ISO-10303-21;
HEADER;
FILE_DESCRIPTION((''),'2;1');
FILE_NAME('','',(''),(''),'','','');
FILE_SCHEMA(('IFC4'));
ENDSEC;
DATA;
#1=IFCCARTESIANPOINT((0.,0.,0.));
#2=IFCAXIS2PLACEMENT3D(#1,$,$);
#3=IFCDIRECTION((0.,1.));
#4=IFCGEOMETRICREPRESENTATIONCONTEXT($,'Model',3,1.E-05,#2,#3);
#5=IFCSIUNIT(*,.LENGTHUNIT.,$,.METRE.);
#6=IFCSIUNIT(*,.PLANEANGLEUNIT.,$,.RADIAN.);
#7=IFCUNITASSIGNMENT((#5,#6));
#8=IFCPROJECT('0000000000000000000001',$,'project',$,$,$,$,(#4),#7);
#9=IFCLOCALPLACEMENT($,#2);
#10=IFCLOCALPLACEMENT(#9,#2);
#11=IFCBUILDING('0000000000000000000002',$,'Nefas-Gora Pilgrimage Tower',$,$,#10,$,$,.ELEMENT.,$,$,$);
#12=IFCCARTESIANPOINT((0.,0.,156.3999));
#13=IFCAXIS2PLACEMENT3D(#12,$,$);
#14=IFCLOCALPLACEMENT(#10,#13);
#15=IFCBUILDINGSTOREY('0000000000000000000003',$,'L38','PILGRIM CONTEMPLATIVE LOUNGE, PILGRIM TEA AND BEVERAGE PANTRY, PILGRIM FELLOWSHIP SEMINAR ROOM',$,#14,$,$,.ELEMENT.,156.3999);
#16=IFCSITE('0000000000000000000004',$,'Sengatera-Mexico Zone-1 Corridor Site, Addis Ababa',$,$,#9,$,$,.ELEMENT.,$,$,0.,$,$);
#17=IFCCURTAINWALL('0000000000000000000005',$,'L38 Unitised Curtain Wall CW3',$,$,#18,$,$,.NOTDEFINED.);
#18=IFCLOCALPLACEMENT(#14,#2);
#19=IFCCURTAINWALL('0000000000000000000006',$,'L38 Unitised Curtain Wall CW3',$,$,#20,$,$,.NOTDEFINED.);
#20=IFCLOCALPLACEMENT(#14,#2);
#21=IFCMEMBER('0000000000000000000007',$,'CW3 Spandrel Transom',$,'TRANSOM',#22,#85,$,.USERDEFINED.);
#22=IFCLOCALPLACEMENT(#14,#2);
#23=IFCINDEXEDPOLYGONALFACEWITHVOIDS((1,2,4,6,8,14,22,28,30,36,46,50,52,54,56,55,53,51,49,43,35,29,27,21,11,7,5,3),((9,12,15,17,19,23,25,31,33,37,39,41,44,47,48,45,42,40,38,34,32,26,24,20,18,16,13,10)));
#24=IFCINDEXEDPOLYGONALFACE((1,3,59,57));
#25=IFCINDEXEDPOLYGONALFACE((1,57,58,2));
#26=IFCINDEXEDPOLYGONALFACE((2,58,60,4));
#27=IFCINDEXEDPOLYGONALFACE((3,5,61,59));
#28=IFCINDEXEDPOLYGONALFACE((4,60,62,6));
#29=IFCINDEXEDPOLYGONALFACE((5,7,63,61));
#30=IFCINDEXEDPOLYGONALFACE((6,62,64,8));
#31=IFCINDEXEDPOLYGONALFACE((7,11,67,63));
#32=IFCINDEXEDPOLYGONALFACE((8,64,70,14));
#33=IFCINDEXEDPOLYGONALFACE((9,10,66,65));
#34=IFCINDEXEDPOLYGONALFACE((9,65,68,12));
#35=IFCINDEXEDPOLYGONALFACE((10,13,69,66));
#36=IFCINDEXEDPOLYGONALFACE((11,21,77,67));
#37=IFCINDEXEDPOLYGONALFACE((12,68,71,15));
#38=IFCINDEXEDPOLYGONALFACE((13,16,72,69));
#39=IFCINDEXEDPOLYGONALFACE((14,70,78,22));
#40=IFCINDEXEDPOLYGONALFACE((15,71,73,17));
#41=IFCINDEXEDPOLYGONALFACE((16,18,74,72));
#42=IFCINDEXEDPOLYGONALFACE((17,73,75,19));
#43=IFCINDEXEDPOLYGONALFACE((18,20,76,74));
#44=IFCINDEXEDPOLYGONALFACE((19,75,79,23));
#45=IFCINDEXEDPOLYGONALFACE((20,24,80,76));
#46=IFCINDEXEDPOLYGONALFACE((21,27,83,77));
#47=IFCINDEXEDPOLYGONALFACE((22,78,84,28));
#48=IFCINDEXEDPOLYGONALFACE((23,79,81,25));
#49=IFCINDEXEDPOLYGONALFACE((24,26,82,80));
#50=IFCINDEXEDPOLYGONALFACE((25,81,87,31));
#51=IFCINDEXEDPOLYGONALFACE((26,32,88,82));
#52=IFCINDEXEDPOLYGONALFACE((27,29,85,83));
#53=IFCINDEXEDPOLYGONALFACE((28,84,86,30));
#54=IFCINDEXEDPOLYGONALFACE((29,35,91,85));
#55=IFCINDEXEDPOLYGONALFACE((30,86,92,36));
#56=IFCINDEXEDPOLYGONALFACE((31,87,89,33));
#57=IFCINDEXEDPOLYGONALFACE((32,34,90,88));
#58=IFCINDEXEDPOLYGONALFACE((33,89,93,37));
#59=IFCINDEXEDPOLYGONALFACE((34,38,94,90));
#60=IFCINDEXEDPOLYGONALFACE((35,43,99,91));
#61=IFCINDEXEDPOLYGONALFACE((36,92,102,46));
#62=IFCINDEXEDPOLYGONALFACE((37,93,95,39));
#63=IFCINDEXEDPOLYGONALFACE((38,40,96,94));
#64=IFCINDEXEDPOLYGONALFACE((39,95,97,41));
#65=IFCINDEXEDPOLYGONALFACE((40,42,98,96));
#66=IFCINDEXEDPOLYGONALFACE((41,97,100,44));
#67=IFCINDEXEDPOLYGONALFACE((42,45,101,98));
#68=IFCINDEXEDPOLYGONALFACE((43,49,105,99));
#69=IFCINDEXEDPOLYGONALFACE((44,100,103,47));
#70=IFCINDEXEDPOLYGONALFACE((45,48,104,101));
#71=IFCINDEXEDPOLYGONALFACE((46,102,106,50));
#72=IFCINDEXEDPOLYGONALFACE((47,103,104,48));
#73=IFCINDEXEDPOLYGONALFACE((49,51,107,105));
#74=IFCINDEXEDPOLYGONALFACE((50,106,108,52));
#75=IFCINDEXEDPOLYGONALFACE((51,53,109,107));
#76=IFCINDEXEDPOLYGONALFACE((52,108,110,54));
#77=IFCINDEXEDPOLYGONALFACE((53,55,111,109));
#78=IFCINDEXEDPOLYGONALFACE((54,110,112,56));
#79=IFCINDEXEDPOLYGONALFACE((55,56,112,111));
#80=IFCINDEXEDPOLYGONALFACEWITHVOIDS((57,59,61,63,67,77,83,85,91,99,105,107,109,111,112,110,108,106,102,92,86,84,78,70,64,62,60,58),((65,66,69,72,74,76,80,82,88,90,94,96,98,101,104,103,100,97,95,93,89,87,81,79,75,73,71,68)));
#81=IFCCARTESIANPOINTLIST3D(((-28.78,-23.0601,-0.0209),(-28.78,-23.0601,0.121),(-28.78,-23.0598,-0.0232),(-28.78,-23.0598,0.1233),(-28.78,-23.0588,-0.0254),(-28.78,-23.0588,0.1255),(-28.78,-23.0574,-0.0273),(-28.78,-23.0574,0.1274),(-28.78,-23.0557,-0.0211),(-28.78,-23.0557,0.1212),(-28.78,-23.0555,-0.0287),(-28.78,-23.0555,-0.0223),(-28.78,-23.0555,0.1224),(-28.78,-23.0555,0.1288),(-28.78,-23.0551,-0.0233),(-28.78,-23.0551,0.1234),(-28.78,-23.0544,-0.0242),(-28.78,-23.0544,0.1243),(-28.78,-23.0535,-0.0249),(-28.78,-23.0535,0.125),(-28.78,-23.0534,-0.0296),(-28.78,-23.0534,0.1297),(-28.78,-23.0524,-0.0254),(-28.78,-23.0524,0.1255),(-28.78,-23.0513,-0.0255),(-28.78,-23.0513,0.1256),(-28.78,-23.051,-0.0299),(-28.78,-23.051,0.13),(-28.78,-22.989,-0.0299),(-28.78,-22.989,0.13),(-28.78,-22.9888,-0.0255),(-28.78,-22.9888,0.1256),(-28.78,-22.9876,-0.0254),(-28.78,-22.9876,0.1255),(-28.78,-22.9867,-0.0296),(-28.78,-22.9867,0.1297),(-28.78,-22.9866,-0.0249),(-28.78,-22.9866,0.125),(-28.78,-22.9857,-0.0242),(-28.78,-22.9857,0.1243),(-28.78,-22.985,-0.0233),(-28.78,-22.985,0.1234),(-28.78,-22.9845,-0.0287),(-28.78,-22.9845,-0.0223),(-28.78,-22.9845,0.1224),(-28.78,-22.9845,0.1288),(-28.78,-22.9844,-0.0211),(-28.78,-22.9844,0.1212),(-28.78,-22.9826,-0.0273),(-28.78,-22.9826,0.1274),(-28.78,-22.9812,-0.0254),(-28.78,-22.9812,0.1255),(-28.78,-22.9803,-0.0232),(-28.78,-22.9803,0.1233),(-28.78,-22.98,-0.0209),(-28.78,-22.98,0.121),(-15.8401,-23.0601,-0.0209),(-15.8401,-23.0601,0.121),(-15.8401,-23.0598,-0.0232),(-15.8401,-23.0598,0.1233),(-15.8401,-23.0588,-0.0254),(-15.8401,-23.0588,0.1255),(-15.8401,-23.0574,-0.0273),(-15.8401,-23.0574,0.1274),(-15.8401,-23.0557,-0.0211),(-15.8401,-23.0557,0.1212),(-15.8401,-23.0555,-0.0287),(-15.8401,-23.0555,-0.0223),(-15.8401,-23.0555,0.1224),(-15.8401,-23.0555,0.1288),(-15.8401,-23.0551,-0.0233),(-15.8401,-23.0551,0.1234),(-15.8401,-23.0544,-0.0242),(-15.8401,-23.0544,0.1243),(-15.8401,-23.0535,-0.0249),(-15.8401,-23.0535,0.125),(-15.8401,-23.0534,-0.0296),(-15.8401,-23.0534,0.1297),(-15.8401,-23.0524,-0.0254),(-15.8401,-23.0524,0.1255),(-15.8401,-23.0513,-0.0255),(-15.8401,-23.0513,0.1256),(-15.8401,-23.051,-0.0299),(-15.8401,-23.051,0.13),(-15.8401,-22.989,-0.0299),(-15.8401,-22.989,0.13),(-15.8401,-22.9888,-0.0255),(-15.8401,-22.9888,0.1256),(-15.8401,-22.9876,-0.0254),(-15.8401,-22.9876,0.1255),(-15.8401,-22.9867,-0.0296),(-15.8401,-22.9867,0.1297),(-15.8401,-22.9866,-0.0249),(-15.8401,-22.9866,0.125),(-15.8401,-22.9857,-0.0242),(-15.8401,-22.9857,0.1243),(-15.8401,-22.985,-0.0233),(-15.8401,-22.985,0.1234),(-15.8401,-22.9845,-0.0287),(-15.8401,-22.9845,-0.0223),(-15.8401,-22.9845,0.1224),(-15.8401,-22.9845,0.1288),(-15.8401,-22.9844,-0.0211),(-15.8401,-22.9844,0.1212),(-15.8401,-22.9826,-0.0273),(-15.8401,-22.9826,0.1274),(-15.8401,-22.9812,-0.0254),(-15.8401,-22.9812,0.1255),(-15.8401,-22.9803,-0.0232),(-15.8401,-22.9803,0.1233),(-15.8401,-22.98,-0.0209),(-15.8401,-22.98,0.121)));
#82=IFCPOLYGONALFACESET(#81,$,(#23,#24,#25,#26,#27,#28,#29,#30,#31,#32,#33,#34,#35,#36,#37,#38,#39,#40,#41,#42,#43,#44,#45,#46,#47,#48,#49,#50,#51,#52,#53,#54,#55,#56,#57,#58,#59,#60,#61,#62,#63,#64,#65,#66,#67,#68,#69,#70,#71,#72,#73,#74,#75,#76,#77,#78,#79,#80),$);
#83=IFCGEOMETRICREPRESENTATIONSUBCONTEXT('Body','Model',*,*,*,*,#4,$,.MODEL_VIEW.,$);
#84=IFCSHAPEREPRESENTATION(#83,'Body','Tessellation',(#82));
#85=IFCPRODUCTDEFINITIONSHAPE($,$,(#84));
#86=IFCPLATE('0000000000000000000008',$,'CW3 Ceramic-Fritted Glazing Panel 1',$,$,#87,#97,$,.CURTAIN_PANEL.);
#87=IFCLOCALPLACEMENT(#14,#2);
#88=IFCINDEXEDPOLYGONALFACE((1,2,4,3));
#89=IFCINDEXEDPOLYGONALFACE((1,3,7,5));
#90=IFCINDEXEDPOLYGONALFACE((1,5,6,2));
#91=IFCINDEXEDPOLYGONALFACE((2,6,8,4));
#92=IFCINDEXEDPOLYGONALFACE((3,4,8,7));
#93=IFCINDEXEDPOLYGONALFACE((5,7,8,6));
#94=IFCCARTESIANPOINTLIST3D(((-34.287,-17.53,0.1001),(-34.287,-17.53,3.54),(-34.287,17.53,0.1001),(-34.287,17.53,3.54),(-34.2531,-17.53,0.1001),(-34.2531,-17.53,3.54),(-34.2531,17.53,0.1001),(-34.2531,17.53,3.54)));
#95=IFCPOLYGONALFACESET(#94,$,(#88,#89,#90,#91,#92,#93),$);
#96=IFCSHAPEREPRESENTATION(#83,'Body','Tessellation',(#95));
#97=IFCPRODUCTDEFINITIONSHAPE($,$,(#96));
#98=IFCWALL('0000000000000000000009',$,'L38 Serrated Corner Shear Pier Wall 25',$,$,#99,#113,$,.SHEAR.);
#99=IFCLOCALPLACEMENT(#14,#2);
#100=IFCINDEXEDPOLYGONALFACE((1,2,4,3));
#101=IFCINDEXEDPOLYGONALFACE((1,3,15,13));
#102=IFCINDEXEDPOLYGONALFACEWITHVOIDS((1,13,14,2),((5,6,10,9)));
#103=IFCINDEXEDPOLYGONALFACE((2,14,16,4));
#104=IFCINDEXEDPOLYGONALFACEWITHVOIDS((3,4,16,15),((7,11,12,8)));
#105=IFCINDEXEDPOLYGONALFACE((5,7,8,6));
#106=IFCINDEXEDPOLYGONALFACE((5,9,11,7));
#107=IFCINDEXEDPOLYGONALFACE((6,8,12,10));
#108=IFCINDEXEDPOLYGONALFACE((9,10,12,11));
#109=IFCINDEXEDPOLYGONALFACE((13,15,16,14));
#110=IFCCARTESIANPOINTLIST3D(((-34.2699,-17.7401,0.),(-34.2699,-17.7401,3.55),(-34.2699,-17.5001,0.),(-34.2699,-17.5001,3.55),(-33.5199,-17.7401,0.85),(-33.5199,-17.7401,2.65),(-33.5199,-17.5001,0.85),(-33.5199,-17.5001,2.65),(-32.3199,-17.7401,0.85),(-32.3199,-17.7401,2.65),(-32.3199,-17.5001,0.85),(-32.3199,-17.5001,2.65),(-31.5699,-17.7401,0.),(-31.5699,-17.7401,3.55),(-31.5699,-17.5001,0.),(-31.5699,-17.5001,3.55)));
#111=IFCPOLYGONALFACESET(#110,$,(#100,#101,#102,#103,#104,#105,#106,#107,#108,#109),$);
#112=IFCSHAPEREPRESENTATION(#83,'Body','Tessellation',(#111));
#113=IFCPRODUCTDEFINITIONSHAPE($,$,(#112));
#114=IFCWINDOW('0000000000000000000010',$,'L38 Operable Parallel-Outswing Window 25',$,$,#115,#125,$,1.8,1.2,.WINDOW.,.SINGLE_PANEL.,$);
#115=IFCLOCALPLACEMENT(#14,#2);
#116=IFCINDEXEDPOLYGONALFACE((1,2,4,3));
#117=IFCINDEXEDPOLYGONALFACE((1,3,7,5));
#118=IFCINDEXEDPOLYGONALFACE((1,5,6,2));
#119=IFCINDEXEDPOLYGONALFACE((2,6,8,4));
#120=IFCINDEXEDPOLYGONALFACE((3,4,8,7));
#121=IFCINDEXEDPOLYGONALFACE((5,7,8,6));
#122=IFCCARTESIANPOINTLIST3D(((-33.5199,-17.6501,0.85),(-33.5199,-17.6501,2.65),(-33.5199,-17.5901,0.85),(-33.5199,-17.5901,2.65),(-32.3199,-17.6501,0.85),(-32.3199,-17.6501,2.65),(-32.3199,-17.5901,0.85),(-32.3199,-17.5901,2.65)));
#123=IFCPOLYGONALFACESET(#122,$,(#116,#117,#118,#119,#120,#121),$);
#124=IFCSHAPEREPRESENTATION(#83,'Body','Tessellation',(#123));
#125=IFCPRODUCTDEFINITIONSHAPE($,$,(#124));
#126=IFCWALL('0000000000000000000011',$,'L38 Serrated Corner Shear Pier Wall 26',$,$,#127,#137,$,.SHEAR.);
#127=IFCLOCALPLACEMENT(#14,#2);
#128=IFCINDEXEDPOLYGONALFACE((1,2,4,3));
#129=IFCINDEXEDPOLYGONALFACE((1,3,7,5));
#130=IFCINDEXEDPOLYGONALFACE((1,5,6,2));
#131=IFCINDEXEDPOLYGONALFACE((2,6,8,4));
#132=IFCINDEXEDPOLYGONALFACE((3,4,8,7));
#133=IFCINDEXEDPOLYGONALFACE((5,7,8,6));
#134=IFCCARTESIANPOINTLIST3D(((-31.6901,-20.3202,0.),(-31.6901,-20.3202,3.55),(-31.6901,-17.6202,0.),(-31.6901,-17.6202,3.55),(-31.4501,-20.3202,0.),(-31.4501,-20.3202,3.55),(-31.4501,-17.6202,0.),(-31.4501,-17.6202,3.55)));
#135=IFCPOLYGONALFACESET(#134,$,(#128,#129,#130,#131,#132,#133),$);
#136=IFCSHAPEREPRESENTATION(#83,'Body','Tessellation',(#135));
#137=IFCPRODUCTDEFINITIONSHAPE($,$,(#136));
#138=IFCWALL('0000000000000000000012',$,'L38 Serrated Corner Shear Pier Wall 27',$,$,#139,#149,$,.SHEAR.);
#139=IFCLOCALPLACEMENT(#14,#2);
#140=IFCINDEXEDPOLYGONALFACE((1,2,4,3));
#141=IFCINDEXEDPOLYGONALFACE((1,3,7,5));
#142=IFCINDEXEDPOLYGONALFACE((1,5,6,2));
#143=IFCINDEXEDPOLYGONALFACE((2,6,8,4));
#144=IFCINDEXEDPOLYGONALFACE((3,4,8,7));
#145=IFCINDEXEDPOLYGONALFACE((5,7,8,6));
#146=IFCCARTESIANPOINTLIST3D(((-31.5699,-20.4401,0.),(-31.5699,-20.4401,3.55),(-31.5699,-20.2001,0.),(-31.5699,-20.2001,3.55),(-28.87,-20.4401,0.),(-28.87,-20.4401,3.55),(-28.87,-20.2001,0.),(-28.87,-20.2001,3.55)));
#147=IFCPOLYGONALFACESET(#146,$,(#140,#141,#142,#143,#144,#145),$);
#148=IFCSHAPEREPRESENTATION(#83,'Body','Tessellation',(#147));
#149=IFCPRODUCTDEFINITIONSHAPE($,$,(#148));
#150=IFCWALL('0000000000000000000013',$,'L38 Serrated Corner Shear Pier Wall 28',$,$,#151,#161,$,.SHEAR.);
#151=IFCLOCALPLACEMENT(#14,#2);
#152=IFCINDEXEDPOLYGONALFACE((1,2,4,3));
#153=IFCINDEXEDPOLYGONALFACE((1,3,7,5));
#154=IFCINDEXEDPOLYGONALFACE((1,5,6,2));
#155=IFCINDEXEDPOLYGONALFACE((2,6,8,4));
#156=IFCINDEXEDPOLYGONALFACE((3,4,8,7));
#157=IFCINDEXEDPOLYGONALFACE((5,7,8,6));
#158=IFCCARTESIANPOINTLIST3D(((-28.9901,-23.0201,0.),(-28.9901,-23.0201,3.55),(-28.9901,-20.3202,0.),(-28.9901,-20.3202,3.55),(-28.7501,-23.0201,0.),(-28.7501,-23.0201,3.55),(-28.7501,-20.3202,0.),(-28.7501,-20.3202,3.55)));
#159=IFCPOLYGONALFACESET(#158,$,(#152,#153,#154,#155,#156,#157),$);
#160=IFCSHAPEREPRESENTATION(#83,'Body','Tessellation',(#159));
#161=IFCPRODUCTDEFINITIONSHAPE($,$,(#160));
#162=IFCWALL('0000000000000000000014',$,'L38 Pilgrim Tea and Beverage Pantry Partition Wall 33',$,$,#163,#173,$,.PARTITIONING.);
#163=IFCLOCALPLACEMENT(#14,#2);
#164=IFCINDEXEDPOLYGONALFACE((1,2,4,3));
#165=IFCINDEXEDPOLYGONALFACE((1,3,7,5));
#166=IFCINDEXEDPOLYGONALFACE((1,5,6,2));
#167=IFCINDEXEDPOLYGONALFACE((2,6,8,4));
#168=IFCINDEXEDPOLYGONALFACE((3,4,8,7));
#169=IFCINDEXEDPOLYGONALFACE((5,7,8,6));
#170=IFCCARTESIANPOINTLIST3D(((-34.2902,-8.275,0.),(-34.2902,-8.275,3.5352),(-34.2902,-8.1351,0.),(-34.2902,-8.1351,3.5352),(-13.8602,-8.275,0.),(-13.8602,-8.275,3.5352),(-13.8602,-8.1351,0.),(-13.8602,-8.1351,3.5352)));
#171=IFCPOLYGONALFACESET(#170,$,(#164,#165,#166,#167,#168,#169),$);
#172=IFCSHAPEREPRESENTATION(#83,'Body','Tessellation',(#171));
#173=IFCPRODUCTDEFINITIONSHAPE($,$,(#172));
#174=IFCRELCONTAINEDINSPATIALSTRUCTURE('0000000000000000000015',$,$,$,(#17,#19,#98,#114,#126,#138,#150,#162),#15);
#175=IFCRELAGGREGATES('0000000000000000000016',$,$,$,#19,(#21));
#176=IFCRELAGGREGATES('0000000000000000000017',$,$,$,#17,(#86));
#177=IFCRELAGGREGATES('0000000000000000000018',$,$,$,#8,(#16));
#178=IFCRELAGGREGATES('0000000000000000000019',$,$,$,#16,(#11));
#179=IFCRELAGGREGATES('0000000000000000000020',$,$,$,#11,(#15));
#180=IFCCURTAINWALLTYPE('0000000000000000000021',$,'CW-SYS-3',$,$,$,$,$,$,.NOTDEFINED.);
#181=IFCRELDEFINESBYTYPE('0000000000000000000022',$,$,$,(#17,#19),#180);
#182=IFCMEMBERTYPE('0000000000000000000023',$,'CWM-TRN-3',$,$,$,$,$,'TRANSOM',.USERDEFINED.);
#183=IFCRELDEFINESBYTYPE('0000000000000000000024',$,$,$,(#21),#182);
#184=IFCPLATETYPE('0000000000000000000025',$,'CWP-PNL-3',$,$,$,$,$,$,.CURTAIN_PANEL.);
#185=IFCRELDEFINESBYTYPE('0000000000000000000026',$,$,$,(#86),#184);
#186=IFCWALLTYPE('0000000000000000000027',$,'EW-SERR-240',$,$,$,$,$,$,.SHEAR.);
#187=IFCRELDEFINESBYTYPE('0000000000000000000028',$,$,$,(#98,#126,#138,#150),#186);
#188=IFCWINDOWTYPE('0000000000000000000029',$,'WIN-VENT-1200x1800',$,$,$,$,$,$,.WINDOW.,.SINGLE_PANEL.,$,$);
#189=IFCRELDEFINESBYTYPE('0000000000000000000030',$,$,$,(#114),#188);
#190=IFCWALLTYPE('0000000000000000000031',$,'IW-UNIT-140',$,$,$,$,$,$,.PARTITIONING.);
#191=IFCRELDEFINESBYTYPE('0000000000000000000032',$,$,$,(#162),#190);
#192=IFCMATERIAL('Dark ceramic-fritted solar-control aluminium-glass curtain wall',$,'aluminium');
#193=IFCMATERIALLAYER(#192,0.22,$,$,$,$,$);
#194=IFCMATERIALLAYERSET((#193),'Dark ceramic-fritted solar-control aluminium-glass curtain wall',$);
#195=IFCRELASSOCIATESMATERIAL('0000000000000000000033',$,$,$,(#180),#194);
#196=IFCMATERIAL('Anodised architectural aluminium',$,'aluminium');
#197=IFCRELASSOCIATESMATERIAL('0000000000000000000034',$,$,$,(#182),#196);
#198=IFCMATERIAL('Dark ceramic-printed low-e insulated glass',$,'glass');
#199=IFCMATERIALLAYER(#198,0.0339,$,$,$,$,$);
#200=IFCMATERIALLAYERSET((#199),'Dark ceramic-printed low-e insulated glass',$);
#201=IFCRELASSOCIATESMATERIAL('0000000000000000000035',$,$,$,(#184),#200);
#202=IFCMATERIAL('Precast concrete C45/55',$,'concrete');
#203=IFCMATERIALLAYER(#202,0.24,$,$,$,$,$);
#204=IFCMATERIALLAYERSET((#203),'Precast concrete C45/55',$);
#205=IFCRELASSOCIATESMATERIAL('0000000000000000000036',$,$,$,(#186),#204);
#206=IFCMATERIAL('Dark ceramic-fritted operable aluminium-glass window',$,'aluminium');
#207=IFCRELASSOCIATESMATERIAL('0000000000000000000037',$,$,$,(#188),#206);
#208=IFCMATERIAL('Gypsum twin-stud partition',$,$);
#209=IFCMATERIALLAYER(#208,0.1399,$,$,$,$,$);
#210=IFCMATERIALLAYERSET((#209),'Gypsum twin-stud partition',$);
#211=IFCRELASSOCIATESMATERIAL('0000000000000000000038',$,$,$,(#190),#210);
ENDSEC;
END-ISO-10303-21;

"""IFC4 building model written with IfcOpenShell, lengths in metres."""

from ifc_helpers import new_model, si_unit, direction, frame, frame_2d, origin, origin_2d, place, context, subcontext, project, spatial, rectangle, hollow_rectangle, extrude, source, transform, mapped, material, layer, layer_set, material_profile, profile_set, type_object, element, fill, aggregate, save


model = new_model("IFC4")

# Units and contexts
model_context = context("Model", 3, precision=1e-05, world=origin(), true_north=direction((0.0, 1.0)))
body_context = subcontext(model_context, "Body", "Model", "MODEL_VIEW")
ifc_project = project(units=[si_unit("LENGTHUNIT", "METRE"), si_unit("PLANEANGLEUNIT", "RADIAN")], contexts=[model_context])

# Site, building, storey
site_placement = place(None, origin())
site = spatial("IfcSite", under=ifc_project, at=site_placement, Name="Sengatera-Mexico Zone-1 Corridor Site, Addis Ababa", CompositionType="ELEMENT", RefElevation=0.0)
building_placement = place(site_placement, origin())
building = spatial("IfcBuilding", under=site, at=building_placement, Name="Nefas-Gora Pilgrimage Tower", CompositionType="ELEMENT")
storey_placement = place(building_placement, frame((0.0, 0.0, 156.3999)))
storey = spatial("IfcBuildingStorey", under=building, at=storey_placement, Name="L38", Description="PILGRIM CONTEMPLATIVE LOUNGE, PILGRIM TEA AND BEVERAGE PANTRY, PILGRIM FELLOWSHIP SEMINAR ROOM", CompositionType="ELEMENT", Elevation=156.3999)

# Curtain wall
ifc_material_1 = material(Name="Dark ceramic-fritted solar-control aluminium-glass curtain wall", Category="aluminium")
ifc_layer_1 = layer(ifc_material_1, 0.22)
ifc_layer_set_1 = layer_set([ifc_layer_1], Name="Dark ceramic-fritted solar-control aluminium-glass curtain wall")
curtain_wall_type = type_object("IfcCurtainWallType", Name="CW-SYS-3", PredefinedType="NOTDEFINED", material=ifc_layer_set_1)
curtain_wall_1_placement = place(storey_placement, origin())
curtain_wall_1 = element("IfcCurtainWall", 1, at=curtain_wall_1_placement, inside=storey, type_object=curtain_wall_type, Name="L38 Unitised Curtain Wall CW3", PredefinedType="NOTDEFINED")
ifc_material_2 = material(Name="Anodised architectural aluminium", Category="aluminium")

# Curtain wall, member
curtain_wall_2_placement = place(storey_placement, origin())
curtain_wall_2 = element("IfcCurtainWall", 2, at=curtain_wall_2_placement, inside=storey, type_object=curtain_wall_type, Name="L38 Unitised Curtain Wall CW3", PredefinedType="NOTDEFINED")
ifc_material_profile_1 = material_profile(ifc_material_2, hollow_rectangle(XDim=0.0801, YDim=0.1599, WallThickness=0.0044, InnerFilletRadius=0.0044, OuterFilletRadius=0.009, at=origin_2d()), Name="ALU TRANSOM 80x160")
ifc_profile_set_1 = profile_set([ifc_material_profile_1], Name="Anodised architectural aluminium")
member_type_1 = type_object("IfcMemberType", Name="CWM-TRN-3", ElementType="TRANSOM", PredefinedType="USERDEFINED", material=ifc_profile_set_1)
shared_shape_1 = source(origin(), body_context, "Body", "SweptSolid", [
    extrude(hollow_rectangle(XDim=0.0801, YDim=0.1599, WallThickness=0.0044, InnerFilletRadius=0.0044, OuterFilletRadius=0.009, at=origin_2d()), origin(), (0.0, 0.0, 1.0), 12.9399),
])
member_1_placement = place(storey_placement, frame((-28.78, -23.02, 0.05), z_axis=(1.0, 0.0, 0.0), x_axis=(0.0, 1.0, 0.0)))
member_1 = element("IfcMember", 3, at=member_1_placement, type_object=member_type_1, Name="CW3 Spandrel Transom", ObjectType="TRANSOM", PredefinedType="USERDEFINED", context=body_context, shape_type="MappedRepresentation", body=[
    mapped(shared_shape_1, transform((0.0, 0.0, 0.0), x_axis=(1.0, 0.0, 0.0), y_axis=(0.0, 1.0, 0.0), z_axis=(0.0, 0.0, 1.0), scale=1.0)),
])
aggregate(curtain_wall_2, [member_1])

# Plate
ifc_material_3 = material(Name="Dark ceramic-printed low-e insulated glass", Category="glass")
ifc_layer_2 = layer(ifc_material_3, 0.0339)
ifc_layer_set_2 = layer_set([ifc_layer_2], Name="Dark ceramic-printed low-e insulated glass")
plate_type = type_object("IfcPlateType", Name="CWP-PNL-3", PredefinedType="CURTAIN_PANEL", material=ifc_layer_set_2)
shared_shape_2 = source(origin(), body_context, "Body", "SweptSolid", [
    extrude(rectangle(XDim=35.0601, YDim=0.0339, at=origin_2d()), origin(), (0.0, 0.0, 1.0), 3.4399),
])
plate_placement = place(storey_placement, frame((-34.27, 0.0, 0.1001), z_axis=(0.0, 0.0, 1.0), x_axis=(0.0, -1.0, 0.0)))
plate = element("IfcPlate", 4, at=plate_placement, type_object=plate_type, Name="CW3 Ceramic-Fritted Glazing Panel 1", PredefinedType="CURTAIN_PANEL", context=body_context, shape_type="MappedRepresentation", body=[
    mapped(shared_shape_2, transform((0.0, 0.0, 0.0), x_axis=(1.0, 0.0, 0.0), y_axis=(0.0, 1.0, 0.0), z_axis=(0.0, 0.0, 1.0), scale=1.0)),
])
aggregate(curtain_wall_1, [plate])

# Wall, opening, window
ifc_material_4 = material(Name="Precast concrete C45/55", Category="concrete")
ifc_layer_3 = layer(ifc_material_4, 0.24)
ifc_layer_set_3 = layer_set([ifc_layer_3], Name="Precast concrete C45/55")
wall_type_1 = type_object("IfcWallType", Name="EW-SERR-240", PredefinedType="SHEAR", material=ifc_layer_set_3)
shared_shape_3 = source(origin(), body_context, "Body", "SweptSolid", [
    extrude(rectangle(XDim=2.7, YDim=0.24, at=frame_2d((1.3501, 0.0))), origin(), (0.0, 0.0, 1.0), 3.55),
])
wall_1_placement = place(storey_placement, frame((-34.27, -17.6201, 0.0), z_axis=(0.0, 0.0, 1.0), x_axis=(1.0, 0.0, 0.0)))
wall_1 = element("IfcWall", 5, at=wall_1_placement, inside=storey, type_object=wall_type_1, Name="L38 Serrated Corner Shear Pier Wall 25", PredefinedType="SHEAR", context=body_context, shape_type="MappedRepresentation", body=[
    mapped(shared_shape_3, transform((0.0, 0.0, 0.0), x_axis=(1.0, 0.0, 0.0), y_axis=(0.0, 1.0, 0.0), z_axis=(0.0, 0.0, 1.0), scale=1.0)),
])
opening_placement = place(wall_1_placement, frame((0.75, 0.0, 0.8501)))
opening = element("IfcOpeningElement", 6, at=opening_placement, cuts=wall_1, PredefinedType="OPENING", context=body_context, shape_type="SweptSolid", body=[
    extrude(rectangle(XDim=1.2, YDim=1.8, at=frame_2d((0.6001, 0.8999))), frame((0.0, 0.1299, 0.0), z_axis=(0.0, -1.0, 0.0), x_axis=(1.0, 0.0, 0.0)), (0.0, 0.0, 1.0), 0.26),
])
ifc_material_5 = material(Name="Dark ceramic-fritted operable aluminium-glass window", Category="aluminium")
window_type = type_object("IfcWindowType", Name="WIN-VENT-1200x1800", PartitioningType="SINGLE_PANEL", PredefinedType="WINDOW", material=ifc_material_5)
shared_shape_4 = source(origin(), body_context, "Body", "SweptSolid", [
    extrude(rectangle(XDim=1.2, YDim=1.8, at=frame_2d((0.6001, 0.8999))), frame((0.0, 0.03, 0.0), z_axis=(0.0, -1.0, 0.0), x_axis=(1.0, 0.0, 0.0)), (0.0, 0.0, 1.0), 0.0601),
])
window_placement = place(opening_placement, origin())
window = element("IfcWindow", 7, at=window_placement, inside=storey, type_object=window_type, Name="L38 Operable Parallel-Outswing Window 25", OverallHeight=1.8, OverallWidth=1.2, PartitioningType="SINGLE_PANEL", PredefinedType="WINDOW", context=body_context, shape_type="MappedRepresentation", body=[
    mapped(shared_shape_4, transform((0.0, 0.0, 0.0), x_axis=(1.0, 0.0, 0.0), y_axis=(0.0, 1.0, 0.0), z_axis=(0.0, 0.0, 1.0), scale=1.0)),
])
fill(opening, window)

# Walls
for number, where, z_axis, x_axis, name in (
    (8, (-31.5701, -17.6201, 0.0), (0.0, 0.0, 1.0), (0.0, -1.0, 0.0), "L38 Serrated Corner Shear Pier Wall 26"),
    (9, (-31.5701, -20.3201, 0.0), (0.0, 0.0, 1.0), (1.0, 0.0, 0.0), "L38 Serrated Corner Shear Pier Wall 27"),
    (10, (-28.8701, -20.3201, 0.0), (0.0, 0.0, 1.0), (0.0, -1.0, 0.0), "L38 Serrated Corner Shear Pier Wall 28"),
):
    element("IfcWall", number, at=place(storey_placement, frame(where, z_axis=z_axis, x_axis=x_axis)), inside=storey, type_object=wall_type_1, Name=name, PredefinedType="SHEAR", context=body_context, shape_type="MappedRepresentation", body=[
        mapped(shared_shape_3, transform((0.0, 0.0, 0.0), x_axis=(1.0, 0.0, 0.0), y_axis=(0.0, 1.0, 0.0), z_axis=(0.0, 0.0, 1.0), scale=1.0)),
    ])
ifc_material_6 = material(Name="Gypsum twin-stud partition")
ifc_layer_4 = layer(ifc_material_6, 0.1399)
ifc_layer_set_4 = layer_set([ifc_layer_4], Name="Gypsum twin-stud partition")
wall_type_2 = type_object("IfcWallType", Name="IW-UNIT-140", PredefinedType="PARTITIONING", material=ifc_layer_set_4)
shared_shape_5 = source(origin(), body_context, "Body", "SweptSolid", [
    extrude(rectangle(XDim=20.4299, YDim=0.1399, at=frame_2d((10.2148, 0.0))), origin(), (0.0, 0.0, 1.0), 3.5352),
])
wall_2_placement = place(storey_placement, frame((-34.29, -8.2051, 0.0), z_axis=(0.0, 0.0, 1.0), x_axis=(1.0, 0.0, 0.0)))
element("IfcWall", 11, at=wall_2_placement, inside=storey, type_object=wall_type_2, Name="L38 Pilgrim Tea and Beverage Pantry Partition Wall 33", PredefinedType="PARTITIONING", context=body_context, shape_type="MappedRepresentation", body=[
    mapped(shared_shape_5, transform((0.0, 0.0, 0.0), x_axis=(1.0, 0.0, 0.0), y_axis=(0.0, 1.0, 0.0), z_axis=(0.0, 0.0, 1.0), scale=1.0)),
])

save(model, "model.ifc")
